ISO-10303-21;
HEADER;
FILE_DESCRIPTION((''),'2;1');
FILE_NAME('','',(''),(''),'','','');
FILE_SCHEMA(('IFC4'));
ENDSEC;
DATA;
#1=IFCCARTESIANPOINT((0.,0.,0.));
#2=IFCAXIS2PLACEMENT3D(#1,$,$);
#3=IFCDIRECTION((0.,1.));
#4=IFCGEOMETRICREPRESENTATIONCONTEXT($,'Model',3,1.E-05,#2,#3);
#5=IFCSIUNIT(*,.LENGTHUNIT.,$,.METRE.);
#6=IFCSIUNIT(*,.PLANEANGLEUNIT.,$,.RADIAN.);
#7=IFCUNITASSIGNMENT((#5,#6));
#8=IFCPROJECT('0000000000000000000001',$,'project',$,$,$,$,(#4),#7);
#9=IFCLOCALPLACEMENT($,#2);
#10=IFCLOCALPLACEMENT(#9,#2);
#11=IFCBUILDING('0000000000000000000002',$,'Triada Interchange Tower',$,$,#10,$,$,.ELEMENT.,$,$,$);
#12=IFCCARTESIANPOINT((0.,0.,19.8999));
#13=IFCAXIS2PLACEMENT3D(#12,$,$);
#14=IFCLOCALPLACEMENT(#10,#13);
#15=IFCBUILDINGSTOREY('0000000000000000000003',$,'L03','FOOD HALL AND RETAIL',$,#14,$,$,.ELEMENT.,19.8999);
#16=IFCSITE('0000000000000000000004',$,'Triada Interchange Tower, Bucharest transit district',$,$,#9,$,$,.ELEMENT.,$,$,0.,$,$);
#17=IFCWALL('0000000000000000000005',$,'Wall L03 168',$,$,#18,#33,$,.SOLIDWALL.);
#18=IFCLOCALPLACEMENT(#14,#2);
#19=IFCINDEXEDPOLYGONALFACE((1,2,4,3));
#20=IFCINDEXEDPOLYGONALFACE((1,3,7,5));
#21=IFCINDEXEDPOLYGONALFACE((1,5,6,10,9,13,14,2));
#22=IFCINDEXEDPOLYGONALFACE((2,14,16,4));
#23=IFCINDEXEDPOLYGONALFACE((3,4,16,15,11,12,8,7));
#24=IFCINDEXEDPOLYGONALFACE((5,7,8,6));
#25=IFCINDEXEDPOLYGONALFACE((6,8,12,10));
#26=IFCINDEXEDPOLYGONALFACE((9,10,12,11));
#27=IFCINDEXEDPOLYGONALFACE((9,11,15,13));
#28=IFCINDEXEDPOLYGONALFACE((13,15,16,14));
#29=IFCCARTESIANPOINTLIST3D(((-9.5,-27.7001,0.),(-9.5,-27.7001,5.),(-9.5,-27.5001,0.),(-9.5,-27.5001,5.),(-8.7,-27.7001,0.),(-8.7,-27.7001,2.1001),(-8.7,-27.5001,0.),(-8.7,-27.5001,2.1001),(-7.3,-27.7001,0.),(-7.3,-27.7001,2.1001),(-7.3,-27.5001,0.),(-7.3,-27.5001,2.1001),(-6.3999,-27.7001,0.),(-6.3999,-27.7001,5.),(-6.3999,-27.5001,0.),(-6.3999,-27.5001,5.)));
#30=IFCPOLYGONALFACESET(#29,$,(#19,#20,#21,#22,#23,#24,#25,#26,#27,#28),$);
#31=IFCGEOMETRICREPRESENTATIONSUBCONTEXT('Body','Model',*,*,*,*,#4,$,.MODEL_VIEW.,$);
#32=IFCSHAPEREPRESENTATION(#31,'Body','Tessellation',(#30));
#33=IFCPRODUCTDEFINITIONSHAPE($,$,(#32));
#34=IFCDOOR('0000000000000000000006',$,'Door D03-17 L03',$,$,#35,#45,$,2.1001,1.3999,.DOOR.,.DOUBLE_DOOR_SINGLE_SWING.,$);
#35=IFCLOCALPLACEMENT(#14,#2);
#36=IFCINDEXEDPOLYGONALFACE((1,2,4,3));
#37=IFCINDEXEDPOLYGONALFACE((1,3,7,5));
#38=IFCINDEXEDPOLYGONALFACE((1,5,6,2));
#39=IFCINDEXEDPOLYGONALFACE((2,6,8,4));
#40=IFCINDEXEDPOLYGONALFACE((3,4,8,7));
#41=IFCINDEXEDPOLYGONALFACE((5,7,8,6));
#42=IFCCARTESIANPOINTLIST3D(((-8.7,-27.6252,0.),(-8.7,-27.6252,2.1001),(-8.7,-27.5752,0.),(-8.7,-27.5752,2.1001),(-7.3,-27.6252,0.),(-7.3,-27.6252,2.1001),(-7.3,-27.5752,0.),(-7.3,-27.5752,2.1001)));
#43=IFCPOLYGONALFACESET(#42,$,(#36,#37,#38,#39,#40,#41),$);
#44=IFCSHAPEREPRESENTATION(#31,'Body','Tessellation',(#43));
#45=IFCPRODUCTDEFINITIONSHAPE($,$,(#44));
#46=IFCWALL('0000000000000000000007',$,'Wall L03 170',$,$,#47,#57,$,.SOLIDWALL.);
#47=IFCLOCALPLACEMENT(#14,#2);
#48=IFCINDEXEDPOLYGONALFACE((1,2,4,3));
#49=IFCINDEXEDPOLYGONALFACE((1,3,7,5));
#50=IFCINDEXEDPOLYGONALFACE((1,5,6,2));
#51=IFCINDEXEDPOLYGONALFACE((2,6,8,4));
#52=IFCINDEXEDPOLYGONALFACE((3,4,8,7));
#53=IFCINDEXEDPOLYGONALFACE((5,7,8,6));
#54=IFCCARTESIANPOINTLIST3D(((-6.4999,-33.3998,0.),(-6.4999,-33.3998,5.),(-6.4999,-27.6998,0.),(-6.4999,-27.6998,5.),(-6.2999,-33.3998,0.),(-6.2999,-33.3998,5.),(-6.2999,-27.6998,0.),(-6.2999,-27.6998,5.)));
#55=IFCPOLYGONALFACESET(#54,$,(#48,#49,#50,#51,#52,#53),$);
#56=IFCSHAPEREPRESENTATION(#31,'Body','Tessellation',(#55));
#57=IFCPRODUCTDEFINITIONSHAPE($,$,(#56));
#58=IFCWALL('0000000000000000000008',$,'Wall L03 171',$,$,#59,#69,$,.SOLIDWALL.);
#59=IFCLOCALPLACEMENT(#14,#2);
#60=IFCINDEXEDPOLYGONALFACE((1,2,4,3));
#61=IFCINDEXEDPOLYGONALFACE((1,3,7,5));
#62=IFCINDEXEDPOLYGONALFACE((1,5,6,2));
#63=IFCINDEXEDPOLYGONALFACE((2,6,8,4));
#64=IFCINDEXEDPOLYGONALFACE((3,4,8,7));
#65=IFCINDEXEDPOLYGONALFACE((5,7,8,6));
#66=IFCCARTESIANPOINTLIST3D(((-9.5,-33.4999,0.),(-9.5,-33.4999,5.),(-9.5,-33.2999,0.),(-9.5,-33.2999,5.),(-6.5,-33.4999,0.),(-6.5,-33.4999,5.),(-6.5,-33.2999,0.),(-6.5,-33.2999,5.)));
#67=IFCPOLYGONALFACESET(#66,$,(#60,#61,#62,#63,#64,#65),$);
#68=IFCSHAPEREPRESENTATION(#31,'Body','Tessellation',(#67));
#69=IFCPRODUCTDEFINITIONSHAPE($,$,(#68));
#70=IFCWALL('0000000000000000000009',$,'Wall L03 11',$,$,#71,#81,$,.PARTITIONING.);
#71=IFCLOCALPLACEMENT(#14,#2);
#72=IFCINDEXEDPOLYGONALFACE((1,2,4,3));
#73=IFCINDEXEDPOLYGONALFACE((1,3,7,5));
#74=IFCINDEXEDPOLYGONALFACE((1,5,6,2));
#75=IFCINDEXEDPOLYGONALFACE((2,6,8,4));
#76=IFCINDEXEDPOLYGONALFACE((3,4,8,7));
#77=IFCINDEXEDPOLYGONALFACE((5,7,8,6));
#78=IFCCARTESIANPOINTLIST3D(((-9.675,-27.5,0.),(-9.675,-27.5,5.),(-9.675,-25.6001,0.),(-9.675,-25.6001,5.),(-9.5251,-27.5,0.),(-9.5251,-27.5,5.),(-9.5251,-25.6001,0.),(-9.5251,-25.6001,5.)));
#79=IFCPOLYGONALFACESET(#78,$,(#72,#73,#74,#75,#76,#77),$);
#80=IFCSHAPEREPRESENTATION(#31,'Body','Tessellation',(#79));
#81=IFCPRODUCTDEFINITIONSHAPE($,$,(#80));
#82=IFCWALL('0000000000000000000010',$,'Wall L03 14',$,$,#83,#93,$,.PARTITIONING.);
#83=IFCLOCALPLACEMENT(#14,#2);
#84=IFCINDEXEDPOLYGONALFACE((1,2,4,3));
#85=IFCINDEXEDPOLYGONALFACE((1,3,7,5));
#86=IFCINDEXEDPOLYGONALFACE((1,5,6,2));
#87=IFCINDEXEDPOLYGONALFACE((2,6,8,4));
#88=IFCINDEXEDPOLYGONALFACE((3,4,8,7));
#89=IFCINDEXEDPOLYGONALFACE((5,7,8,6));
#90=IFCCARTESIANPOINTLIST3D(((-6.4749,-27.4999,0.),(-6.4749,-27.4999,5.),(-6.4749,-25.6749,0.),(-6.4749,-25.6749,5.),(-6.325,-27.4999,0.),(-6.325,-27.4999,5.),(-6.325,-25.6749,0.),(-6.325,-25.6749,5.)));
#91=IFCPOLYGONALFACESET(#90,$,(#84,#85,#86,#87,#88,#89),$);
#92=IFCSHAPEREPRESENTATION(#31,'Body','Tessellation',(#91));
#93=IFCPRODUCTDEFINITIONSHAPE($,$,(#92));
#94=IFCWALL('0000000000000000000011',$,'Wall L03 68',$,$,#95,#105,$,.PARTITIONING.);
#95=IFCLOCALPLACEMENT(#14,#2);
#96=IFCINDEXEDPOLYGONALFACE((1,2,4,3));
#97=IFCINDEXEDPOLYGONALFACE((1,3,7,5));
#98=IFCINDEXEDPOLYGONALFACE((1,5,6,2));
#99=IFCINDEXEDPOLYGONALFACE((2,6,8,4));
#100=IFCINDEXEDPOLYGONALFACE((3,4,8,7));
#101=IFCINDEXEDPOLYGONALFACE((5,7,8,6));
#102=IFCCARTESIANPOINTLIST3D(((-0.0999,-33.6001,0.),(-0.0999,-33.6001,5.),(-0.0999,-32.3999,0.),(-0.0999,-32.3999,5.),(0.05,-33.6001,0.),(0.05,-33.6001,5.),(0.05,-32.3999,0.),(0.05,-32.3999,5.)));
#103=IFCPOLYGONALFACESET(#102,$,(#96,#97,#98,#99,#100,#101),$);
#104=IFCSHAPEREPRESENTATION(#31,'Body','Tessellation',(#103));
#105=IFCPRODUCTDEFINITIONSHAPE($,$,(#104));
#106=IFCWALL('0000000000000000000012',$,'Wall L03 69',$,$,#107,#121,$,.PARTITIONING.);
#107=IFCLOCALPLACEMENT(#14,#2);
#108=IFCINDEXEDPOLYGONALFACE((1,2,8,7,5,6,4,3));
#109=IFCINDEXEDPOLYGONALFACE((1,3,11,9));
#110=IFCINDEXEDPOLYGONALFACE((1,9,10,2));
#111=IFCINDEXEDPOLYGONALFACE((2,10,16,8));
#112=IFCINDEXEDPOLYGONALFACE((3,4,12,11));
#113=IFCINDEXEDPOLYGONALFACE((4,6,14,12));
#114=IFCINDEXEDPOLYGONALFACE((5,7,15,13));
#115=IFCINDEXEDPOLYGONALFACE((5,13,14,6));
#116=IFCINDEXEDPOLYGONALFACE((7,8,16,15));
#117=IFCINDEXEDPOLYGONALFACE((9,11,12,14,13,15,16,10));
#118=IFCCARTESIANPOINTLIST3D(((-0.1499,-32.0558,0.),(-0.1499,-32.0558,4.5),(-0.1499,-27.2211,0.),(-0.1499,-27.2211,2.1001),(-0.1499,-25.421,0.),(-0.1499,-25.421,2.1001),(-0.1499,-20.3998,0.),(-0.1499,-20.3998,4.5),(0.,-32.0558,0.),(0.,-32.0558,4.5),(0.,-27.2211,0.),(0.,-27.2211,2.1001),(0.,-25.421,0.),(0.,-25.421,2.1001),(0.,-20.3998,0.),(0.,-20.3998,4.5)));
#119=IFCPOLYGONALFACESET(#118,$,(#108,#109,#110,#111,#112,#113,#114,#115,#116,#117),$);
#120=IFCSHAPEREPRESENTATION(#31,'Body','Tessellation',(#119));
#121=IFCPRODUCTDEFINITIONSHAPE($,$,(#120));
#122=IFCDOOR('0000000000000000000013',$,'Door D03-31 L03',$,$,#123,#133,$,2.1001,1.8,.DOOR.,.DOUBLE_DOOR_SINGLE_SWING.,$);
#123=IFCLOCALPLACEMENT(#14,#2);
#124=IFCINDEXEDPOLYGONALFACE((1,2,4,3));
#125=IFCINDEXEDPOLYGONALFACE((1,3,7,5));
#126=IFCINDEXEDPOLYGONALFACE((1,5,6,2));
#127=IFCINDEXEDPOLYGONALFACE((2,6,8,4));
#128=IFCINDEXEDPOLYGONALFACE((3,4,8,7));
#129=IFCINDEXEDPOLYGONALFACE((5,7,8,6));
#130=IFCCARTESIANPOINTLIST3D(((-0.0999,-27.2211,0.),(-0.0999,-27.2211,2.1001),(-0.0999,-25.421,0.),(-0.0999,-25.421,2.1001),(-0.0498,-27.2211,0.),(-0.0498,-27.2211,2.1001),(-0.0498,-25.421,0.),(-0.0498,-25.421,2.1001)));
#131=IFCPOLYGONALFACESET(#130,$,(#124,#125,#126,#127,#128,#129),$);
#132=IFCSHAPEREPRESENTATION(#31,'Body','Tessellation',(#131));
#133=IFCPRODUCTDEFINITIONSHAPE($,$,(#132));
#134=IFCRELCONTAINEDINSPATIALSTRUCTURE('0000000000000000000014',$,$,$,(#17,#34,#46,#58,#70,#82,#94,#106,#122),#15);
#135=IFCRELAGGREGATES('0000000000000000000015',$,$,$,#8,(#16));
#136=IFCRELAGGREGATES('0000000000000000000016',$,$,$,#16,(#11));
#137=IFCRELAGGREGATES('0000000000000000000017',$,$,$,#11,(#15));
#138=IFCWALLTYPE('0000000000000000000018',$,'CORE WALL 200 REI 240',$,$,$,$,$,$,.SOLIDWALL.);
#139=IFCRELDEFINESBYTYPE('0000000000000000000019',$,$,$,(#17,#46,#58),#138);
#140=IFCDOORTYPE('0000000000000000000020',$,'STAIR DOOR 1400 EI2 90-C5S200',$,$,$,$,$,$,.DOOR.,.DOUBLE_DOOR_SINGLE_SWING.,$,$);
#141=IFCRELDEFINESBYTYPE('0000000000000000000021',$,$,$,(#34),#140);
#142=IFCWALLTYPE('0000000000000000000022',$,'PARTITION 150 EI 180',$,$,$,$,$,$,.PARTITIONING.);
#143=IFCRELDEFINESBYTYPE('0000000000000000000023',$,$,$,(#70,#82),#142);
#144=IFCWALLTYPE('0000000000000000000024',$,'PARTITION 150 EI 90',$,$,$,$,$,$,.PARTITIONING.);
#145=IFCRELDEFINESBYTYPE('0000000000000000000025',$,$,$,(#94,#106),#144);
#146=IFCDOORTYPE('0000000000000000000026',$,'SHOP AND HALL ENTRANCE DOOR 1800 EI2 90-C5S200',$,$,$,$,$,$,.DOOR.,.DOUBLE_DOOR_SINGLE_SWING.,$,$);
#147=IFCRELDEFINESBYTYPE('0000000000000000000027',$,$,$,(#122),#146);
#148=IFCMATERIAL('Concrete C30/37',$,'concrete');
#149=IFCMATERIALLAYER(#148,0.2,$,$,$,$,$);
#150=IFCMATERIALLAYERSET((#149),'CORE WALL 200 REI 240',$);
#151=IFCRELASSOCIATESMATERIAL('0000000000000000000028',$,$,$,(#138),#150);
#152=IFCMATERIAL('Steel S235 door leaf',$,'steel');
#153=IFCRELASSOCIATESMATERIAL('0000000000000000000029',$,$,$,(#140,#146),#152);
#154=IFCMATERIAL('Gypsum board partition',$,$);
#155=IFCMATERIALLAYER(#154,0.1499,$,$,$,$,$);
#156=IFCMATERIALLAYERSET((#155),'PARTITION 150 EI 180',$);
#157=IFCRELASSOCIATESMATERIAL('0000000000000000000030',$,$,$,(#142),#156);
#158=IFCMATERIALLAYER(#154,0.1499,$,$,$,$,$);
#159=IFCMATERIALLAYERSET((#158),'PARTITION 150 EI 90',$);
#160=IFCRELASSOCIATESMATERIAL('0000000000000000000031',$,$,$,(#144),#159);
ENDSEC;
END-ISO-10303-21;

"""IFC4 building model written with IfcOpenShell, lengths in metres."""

from ifc_helpers import new_model, si_unit, direction, frame, frame_2d, origin, place, context, subcontext, project, spatial, rectangle, extrude, material, layer, layer_set, type_object, element, fill, save


model = new_model("IFC4")

# Units and contexts
model_context = context("Model", 3, precision=1e-05, world=origin(), true_north=direction((0.0, 1.0)))
body_context = subcontext(model_context, "Body", "Model", "MODEL_VIEW")
ifc_project = project(units=[si_unit("LENGTHUNIT", "METRE"), si_unit("PLANEANGLEUNIT", "RADIAN")], contexts=[model_context])

# Site, building, storey
site_placement = place(None, origin())
site = spatial("IfcSite", under=ifc_project, at=site_placement, Name="Triada Interchange Tower, Bucharest transit district", CompositionType="ELEMENT", RefElevation=0.0)
building_placement = place(site_placement, origin())
building = spatial("IfcBuilding", under=site, at=building_placement, Name="Triada Interchange Tower", CompositionType="ELEMENT")
storey_placement = place(building_placement, frame((0.0, 0.0, 19.8999)))
storey = spatial("IfcBuildingStorey", under=building, at=storey_placement, Name="L03", Description="FOOD HALL AND RETAIL", CompositionType="ELEMENT", Elevation=19.8999)

# Shared definitions
ifc_material_1 = material(Name="Concrete C30/37", Category="concrete")
ifc_layer_1 = layer(ifc_material_1, 0.2)
ifc_layer_set_1 = layer_set([ifc_layer_1], Name="CORE WALL 200 REI 240")
wall_type_1 = type_object("IfcWallType", Name="CORE WALL 200 REI 240", PredefinedType="SOLIDWALL", material=ifc_layer_set_1)

# Wall, opening, door
wall_1_placement = place(storey_placement, frame((-9.5, -27.6001, 0.0), z_axis=(0.0, 0.0, 1.0), x_axis=(1.0, 0.0, 0.0)))
wall_1 = element("IfcWall", 1, at=wall_1_placement, inside=storey, type_object=wall_type_1, Name="Wall L03 168", PredefinedType="SOLIDWALL", context=body_context, shape_type="SweptSolid", body=[
    extrude(rectangle(XDim=3.1001, YDim=0.2, at=frame_2d((1.55, 0.0))), origin(), (0.0, 0.0, 1.0), 5.0),
])
opening_1_placement = place(wall_1_placement, frame((0.8, 0.0, 0.0)))
opening_1 = element("IfcOpeningElement", 2, at=opening_1_placement, cuts=wall_1, PredefinedType="OPENING", context=body_context, shape_type="SweptSolid", body=[
    extrude(rectangle(XDim=1.3999, YDim=2.1001, at=frame_2d((0.7, 1.05))), frame((0.0, 0.1099, 0.0), z_axis=(0.0, -1.0, 0.0), x_axis=(1.0, 0.0, 0.0)), (0.0, 0.0, 1.0), 0.22),
])
ifc_material_2 = material(Name="Steel S235 door leaf", Category="steel")
door_type_1 = type_object("IfcDoorType", Name="STAIR DOOR 1400 EI2 90-C5S200", OperationType="DOUBLE_DOOR_SINGLE_SWING", PredefinedType="DOOR", material=ifc_material_2)
door_1_placement = place(opening_1_placement, origin())
door_1 = element("IfcDoor", 3, at=door_1_placement, inside=storey, type_object=door_type_1, Name="Door D03-17 L03", OperationType="DOUBLE_DOOR_SINGLE_SWING", OverallHeight=2.1001, OverallWidth=1.3999, PredefinedType="DOOR", context=body_context, shape_type="SweptSolid", body=[
    extrude(rectangle(XDim=1.3999, YDim=2.1001, at=frame_2d((0.7, 1.05))), frame((0.0, 0.0249, 0.0), z_axis=(0.0, -1.0, 0.0), x_axis=(1.0, 0.0, 0.0)), (0.0, 0.0, 1.0), 0.05),
])
fill(opening_1, door_1)

# Walls
wall_2_placement = place(storey_placement, frame((-6.3999, -33.3999, 0.0), z_axis=(0.0, 0.0, 1.0), x_axis=(0.0, 1.0, 0.0)))
element("IfcWall", 4, at=wall_2_placement, inside=storey, type_object=wall_type_1, Name="Wall L03 170", PredefinedType="SOLIDWALL", context=body_context, shape_type="SweptSolid", body=[
    extrude(rectangle(XDim=5.7, YDim=0.2, at=frame_2d((2.8501, 0.0))), origin(), (0.0, 0.0, 1.0), 5.0),
])
wall_3_placement = place(storey_placement, frame((-9.5, -33.3999, 0.0), z_axis=(0.0, 0.0, 1.0), x_axis=(1.0, 0.0, 0.0)))
element("IfcWall", 5, at=wall_3_placement, inside=storey, type_object=wall_type_1, Name="Wall L03 171", PredefinedType="SOLIDWALL", context=body_context, shape_type="SweptSolid", body=[
    extrude(rectangle(XDim=3.0, YDim=0.2, at=frame_2d((1.5, 0.0))), origin(), (0.0, 0.0, 1.0), 5.0),
])

# Walls
ifc_material_3 = material(Name="Gypsum board partition")
ifc_layer_2 = layer(ifc_material_3, 0.1499)
ifc_layer_set_2 = layer_set([ifc_layer_2], Name="PARTITION 150 EI 180")
wall_type_2 = type_object("IfcWallType", Name="PARTITION 150 EI 180", PredefinedType="PARTITIONING", material=ifc_layer_set_2)
wall_4_placement = place(storey_placement, frame((-9.6001, -27.5, 0.0), z_axis=(0.0, 0.0, 1.0), x_axis=(0.0, 1.0, 0.0)))
element("IfcWall", 6, at=wall_4_placement, inside=storey, type_object=wall_type_2, Name="Wall L03 11", PredefinedType="PARTITIONING", context=body_context, shape_type="SweptSolid", body=[
    extrude(rectangle(XDim=1.8999, YDim=0.1499, at=frame_2d((0.95, 0.0))), origin(), (0.0, 0.0, 1.0), 5.0),
])
wall_5_placement = place(storey_placement, frame((-6.3999, -27.5, 0.0), z_axis=(0.0, 0.0, 1.0), x_axis=(0.0, 1.0, 0.0)))
element("IfcWall", 7, at=wall_5_placement, inside=storey, type_object=wall_type_2, Name="Wall L03 14", PredefinedType="PARTITIONING", context=body_context, shape_type="SweptSolid", body=[
    extrude(rectangle(XDim=1.825, YDim=0.1499, at=frame_2d((0.9126, 0.0))), origin(), (0.0, 0.0, 1.0), 5.0),
])
ifc_layer_3 = layer(ifc_material_3, 0.1499)
ifc_layer_set_3 = layer_set([ifc_layer_3], Name="PARTITION 150 EI 90")
wall_type_3 = type_object("IfcWallType", Name="PARTITION 150 EI 90", PredefinedType="PARTITIONING", material=ifc_layer_set_3)
wall_6_placement = place(storey_placement, frame((-0.0249, -33.6001, 0.0), z_axis=(0.0, 0.0, 1.0), x_axis=(0.0, 1.0, 0.0)))
element("IfcWall", 8, at=wall_6_placement, inside=storey, type_object=wall_type_3, Name="Wall L03 68", PredefinedType="PARTITIONING", context=body_context, shape_type="SweptSolid", body=[
    extrude(rectangle(XDim=1.2002, YDim=0.1499, at=frame_2d((0.6001, 0.0))), origin(), (0.0, 0.0, 1.0), 5.0),
])

# Wall, opening, door
wall_7_placement = place(storey_placement, frame((-0.075, -32.0559, 0.0), z_axis=(0.0, 0.0, 1.0), x_axis=(0.0, 1.0, 0.0)))
wall_7 = element("IfcWall", 9, at=wall_7_placement, inside=storey, type_object=wall_type_3, Name="Wall L03 69", PredefinedType="PARTITIONING", context=body_context, shape_type="SweptSolid", body=[
    extrude(rectangle(XDim=11.656, YDim=0.1499, at=frame_2d((5.8281, 0.0))), origin(), (0.0, 0.0, 1.0), 4.5),
])
opening_2_placement = place(wall_7_placement, frame((4.835, 0.0, 0.0)))
opening_2 = element("IfcOpeningElement", 10, at=opening_2_placement, cuts=wall_7, PredefinedType="OPENING", context=body_context, shape_type="SweptSolid", body=[
    extrude(rectangle(XDim=1.8, YDim=2.1001, at=frame_2d((0.8999, 1.05))), frame((0.0, 0.085, 0.0), z_axis=(0.0, -1.0, 0.0), x_axis=(1.0, 0.0, 0.0)), (0.0, 0.0, 1.0), 0.1699),
])
door_type_2 = type_object("IfcDoorType", Name="SHOP AND HALL ENTRANCE DOOR 1800 EI2 90-C5S200", OperationType="DOUBLE_DOOR_SINGLE_SWING", PredefinedType="DOOR", material=ifc_material_2)
door_2_placement = place(opening_2_placement, origin())
door_2 = element("IfcDoor", 11, at=door_2_placement, inside=storey, type_object=door_type_2, Name="Door D03-31 L03", OperationType="DOUBLE_DOOR_SINGLE_SWING", OverallHeight=2.1001, OverallWidth=1.8, PredefinedType="DOOR", context=body_context, shape_type="SweptSolid", body=[
    extrude(rectangle(XDim=1.8, YDim=2.1001, at=frame_2d((0.8999, 1.05))), frame((0.0, 0.0249, 0.0), z_axis=(0.0, -1.0, 0.0), x_axis=(1.0, 0.0, 0.0)), (0.0, 0.0, 1.0), 0.05),
])
fill(opening_2, door_2)

save(model, "model.ifc")
